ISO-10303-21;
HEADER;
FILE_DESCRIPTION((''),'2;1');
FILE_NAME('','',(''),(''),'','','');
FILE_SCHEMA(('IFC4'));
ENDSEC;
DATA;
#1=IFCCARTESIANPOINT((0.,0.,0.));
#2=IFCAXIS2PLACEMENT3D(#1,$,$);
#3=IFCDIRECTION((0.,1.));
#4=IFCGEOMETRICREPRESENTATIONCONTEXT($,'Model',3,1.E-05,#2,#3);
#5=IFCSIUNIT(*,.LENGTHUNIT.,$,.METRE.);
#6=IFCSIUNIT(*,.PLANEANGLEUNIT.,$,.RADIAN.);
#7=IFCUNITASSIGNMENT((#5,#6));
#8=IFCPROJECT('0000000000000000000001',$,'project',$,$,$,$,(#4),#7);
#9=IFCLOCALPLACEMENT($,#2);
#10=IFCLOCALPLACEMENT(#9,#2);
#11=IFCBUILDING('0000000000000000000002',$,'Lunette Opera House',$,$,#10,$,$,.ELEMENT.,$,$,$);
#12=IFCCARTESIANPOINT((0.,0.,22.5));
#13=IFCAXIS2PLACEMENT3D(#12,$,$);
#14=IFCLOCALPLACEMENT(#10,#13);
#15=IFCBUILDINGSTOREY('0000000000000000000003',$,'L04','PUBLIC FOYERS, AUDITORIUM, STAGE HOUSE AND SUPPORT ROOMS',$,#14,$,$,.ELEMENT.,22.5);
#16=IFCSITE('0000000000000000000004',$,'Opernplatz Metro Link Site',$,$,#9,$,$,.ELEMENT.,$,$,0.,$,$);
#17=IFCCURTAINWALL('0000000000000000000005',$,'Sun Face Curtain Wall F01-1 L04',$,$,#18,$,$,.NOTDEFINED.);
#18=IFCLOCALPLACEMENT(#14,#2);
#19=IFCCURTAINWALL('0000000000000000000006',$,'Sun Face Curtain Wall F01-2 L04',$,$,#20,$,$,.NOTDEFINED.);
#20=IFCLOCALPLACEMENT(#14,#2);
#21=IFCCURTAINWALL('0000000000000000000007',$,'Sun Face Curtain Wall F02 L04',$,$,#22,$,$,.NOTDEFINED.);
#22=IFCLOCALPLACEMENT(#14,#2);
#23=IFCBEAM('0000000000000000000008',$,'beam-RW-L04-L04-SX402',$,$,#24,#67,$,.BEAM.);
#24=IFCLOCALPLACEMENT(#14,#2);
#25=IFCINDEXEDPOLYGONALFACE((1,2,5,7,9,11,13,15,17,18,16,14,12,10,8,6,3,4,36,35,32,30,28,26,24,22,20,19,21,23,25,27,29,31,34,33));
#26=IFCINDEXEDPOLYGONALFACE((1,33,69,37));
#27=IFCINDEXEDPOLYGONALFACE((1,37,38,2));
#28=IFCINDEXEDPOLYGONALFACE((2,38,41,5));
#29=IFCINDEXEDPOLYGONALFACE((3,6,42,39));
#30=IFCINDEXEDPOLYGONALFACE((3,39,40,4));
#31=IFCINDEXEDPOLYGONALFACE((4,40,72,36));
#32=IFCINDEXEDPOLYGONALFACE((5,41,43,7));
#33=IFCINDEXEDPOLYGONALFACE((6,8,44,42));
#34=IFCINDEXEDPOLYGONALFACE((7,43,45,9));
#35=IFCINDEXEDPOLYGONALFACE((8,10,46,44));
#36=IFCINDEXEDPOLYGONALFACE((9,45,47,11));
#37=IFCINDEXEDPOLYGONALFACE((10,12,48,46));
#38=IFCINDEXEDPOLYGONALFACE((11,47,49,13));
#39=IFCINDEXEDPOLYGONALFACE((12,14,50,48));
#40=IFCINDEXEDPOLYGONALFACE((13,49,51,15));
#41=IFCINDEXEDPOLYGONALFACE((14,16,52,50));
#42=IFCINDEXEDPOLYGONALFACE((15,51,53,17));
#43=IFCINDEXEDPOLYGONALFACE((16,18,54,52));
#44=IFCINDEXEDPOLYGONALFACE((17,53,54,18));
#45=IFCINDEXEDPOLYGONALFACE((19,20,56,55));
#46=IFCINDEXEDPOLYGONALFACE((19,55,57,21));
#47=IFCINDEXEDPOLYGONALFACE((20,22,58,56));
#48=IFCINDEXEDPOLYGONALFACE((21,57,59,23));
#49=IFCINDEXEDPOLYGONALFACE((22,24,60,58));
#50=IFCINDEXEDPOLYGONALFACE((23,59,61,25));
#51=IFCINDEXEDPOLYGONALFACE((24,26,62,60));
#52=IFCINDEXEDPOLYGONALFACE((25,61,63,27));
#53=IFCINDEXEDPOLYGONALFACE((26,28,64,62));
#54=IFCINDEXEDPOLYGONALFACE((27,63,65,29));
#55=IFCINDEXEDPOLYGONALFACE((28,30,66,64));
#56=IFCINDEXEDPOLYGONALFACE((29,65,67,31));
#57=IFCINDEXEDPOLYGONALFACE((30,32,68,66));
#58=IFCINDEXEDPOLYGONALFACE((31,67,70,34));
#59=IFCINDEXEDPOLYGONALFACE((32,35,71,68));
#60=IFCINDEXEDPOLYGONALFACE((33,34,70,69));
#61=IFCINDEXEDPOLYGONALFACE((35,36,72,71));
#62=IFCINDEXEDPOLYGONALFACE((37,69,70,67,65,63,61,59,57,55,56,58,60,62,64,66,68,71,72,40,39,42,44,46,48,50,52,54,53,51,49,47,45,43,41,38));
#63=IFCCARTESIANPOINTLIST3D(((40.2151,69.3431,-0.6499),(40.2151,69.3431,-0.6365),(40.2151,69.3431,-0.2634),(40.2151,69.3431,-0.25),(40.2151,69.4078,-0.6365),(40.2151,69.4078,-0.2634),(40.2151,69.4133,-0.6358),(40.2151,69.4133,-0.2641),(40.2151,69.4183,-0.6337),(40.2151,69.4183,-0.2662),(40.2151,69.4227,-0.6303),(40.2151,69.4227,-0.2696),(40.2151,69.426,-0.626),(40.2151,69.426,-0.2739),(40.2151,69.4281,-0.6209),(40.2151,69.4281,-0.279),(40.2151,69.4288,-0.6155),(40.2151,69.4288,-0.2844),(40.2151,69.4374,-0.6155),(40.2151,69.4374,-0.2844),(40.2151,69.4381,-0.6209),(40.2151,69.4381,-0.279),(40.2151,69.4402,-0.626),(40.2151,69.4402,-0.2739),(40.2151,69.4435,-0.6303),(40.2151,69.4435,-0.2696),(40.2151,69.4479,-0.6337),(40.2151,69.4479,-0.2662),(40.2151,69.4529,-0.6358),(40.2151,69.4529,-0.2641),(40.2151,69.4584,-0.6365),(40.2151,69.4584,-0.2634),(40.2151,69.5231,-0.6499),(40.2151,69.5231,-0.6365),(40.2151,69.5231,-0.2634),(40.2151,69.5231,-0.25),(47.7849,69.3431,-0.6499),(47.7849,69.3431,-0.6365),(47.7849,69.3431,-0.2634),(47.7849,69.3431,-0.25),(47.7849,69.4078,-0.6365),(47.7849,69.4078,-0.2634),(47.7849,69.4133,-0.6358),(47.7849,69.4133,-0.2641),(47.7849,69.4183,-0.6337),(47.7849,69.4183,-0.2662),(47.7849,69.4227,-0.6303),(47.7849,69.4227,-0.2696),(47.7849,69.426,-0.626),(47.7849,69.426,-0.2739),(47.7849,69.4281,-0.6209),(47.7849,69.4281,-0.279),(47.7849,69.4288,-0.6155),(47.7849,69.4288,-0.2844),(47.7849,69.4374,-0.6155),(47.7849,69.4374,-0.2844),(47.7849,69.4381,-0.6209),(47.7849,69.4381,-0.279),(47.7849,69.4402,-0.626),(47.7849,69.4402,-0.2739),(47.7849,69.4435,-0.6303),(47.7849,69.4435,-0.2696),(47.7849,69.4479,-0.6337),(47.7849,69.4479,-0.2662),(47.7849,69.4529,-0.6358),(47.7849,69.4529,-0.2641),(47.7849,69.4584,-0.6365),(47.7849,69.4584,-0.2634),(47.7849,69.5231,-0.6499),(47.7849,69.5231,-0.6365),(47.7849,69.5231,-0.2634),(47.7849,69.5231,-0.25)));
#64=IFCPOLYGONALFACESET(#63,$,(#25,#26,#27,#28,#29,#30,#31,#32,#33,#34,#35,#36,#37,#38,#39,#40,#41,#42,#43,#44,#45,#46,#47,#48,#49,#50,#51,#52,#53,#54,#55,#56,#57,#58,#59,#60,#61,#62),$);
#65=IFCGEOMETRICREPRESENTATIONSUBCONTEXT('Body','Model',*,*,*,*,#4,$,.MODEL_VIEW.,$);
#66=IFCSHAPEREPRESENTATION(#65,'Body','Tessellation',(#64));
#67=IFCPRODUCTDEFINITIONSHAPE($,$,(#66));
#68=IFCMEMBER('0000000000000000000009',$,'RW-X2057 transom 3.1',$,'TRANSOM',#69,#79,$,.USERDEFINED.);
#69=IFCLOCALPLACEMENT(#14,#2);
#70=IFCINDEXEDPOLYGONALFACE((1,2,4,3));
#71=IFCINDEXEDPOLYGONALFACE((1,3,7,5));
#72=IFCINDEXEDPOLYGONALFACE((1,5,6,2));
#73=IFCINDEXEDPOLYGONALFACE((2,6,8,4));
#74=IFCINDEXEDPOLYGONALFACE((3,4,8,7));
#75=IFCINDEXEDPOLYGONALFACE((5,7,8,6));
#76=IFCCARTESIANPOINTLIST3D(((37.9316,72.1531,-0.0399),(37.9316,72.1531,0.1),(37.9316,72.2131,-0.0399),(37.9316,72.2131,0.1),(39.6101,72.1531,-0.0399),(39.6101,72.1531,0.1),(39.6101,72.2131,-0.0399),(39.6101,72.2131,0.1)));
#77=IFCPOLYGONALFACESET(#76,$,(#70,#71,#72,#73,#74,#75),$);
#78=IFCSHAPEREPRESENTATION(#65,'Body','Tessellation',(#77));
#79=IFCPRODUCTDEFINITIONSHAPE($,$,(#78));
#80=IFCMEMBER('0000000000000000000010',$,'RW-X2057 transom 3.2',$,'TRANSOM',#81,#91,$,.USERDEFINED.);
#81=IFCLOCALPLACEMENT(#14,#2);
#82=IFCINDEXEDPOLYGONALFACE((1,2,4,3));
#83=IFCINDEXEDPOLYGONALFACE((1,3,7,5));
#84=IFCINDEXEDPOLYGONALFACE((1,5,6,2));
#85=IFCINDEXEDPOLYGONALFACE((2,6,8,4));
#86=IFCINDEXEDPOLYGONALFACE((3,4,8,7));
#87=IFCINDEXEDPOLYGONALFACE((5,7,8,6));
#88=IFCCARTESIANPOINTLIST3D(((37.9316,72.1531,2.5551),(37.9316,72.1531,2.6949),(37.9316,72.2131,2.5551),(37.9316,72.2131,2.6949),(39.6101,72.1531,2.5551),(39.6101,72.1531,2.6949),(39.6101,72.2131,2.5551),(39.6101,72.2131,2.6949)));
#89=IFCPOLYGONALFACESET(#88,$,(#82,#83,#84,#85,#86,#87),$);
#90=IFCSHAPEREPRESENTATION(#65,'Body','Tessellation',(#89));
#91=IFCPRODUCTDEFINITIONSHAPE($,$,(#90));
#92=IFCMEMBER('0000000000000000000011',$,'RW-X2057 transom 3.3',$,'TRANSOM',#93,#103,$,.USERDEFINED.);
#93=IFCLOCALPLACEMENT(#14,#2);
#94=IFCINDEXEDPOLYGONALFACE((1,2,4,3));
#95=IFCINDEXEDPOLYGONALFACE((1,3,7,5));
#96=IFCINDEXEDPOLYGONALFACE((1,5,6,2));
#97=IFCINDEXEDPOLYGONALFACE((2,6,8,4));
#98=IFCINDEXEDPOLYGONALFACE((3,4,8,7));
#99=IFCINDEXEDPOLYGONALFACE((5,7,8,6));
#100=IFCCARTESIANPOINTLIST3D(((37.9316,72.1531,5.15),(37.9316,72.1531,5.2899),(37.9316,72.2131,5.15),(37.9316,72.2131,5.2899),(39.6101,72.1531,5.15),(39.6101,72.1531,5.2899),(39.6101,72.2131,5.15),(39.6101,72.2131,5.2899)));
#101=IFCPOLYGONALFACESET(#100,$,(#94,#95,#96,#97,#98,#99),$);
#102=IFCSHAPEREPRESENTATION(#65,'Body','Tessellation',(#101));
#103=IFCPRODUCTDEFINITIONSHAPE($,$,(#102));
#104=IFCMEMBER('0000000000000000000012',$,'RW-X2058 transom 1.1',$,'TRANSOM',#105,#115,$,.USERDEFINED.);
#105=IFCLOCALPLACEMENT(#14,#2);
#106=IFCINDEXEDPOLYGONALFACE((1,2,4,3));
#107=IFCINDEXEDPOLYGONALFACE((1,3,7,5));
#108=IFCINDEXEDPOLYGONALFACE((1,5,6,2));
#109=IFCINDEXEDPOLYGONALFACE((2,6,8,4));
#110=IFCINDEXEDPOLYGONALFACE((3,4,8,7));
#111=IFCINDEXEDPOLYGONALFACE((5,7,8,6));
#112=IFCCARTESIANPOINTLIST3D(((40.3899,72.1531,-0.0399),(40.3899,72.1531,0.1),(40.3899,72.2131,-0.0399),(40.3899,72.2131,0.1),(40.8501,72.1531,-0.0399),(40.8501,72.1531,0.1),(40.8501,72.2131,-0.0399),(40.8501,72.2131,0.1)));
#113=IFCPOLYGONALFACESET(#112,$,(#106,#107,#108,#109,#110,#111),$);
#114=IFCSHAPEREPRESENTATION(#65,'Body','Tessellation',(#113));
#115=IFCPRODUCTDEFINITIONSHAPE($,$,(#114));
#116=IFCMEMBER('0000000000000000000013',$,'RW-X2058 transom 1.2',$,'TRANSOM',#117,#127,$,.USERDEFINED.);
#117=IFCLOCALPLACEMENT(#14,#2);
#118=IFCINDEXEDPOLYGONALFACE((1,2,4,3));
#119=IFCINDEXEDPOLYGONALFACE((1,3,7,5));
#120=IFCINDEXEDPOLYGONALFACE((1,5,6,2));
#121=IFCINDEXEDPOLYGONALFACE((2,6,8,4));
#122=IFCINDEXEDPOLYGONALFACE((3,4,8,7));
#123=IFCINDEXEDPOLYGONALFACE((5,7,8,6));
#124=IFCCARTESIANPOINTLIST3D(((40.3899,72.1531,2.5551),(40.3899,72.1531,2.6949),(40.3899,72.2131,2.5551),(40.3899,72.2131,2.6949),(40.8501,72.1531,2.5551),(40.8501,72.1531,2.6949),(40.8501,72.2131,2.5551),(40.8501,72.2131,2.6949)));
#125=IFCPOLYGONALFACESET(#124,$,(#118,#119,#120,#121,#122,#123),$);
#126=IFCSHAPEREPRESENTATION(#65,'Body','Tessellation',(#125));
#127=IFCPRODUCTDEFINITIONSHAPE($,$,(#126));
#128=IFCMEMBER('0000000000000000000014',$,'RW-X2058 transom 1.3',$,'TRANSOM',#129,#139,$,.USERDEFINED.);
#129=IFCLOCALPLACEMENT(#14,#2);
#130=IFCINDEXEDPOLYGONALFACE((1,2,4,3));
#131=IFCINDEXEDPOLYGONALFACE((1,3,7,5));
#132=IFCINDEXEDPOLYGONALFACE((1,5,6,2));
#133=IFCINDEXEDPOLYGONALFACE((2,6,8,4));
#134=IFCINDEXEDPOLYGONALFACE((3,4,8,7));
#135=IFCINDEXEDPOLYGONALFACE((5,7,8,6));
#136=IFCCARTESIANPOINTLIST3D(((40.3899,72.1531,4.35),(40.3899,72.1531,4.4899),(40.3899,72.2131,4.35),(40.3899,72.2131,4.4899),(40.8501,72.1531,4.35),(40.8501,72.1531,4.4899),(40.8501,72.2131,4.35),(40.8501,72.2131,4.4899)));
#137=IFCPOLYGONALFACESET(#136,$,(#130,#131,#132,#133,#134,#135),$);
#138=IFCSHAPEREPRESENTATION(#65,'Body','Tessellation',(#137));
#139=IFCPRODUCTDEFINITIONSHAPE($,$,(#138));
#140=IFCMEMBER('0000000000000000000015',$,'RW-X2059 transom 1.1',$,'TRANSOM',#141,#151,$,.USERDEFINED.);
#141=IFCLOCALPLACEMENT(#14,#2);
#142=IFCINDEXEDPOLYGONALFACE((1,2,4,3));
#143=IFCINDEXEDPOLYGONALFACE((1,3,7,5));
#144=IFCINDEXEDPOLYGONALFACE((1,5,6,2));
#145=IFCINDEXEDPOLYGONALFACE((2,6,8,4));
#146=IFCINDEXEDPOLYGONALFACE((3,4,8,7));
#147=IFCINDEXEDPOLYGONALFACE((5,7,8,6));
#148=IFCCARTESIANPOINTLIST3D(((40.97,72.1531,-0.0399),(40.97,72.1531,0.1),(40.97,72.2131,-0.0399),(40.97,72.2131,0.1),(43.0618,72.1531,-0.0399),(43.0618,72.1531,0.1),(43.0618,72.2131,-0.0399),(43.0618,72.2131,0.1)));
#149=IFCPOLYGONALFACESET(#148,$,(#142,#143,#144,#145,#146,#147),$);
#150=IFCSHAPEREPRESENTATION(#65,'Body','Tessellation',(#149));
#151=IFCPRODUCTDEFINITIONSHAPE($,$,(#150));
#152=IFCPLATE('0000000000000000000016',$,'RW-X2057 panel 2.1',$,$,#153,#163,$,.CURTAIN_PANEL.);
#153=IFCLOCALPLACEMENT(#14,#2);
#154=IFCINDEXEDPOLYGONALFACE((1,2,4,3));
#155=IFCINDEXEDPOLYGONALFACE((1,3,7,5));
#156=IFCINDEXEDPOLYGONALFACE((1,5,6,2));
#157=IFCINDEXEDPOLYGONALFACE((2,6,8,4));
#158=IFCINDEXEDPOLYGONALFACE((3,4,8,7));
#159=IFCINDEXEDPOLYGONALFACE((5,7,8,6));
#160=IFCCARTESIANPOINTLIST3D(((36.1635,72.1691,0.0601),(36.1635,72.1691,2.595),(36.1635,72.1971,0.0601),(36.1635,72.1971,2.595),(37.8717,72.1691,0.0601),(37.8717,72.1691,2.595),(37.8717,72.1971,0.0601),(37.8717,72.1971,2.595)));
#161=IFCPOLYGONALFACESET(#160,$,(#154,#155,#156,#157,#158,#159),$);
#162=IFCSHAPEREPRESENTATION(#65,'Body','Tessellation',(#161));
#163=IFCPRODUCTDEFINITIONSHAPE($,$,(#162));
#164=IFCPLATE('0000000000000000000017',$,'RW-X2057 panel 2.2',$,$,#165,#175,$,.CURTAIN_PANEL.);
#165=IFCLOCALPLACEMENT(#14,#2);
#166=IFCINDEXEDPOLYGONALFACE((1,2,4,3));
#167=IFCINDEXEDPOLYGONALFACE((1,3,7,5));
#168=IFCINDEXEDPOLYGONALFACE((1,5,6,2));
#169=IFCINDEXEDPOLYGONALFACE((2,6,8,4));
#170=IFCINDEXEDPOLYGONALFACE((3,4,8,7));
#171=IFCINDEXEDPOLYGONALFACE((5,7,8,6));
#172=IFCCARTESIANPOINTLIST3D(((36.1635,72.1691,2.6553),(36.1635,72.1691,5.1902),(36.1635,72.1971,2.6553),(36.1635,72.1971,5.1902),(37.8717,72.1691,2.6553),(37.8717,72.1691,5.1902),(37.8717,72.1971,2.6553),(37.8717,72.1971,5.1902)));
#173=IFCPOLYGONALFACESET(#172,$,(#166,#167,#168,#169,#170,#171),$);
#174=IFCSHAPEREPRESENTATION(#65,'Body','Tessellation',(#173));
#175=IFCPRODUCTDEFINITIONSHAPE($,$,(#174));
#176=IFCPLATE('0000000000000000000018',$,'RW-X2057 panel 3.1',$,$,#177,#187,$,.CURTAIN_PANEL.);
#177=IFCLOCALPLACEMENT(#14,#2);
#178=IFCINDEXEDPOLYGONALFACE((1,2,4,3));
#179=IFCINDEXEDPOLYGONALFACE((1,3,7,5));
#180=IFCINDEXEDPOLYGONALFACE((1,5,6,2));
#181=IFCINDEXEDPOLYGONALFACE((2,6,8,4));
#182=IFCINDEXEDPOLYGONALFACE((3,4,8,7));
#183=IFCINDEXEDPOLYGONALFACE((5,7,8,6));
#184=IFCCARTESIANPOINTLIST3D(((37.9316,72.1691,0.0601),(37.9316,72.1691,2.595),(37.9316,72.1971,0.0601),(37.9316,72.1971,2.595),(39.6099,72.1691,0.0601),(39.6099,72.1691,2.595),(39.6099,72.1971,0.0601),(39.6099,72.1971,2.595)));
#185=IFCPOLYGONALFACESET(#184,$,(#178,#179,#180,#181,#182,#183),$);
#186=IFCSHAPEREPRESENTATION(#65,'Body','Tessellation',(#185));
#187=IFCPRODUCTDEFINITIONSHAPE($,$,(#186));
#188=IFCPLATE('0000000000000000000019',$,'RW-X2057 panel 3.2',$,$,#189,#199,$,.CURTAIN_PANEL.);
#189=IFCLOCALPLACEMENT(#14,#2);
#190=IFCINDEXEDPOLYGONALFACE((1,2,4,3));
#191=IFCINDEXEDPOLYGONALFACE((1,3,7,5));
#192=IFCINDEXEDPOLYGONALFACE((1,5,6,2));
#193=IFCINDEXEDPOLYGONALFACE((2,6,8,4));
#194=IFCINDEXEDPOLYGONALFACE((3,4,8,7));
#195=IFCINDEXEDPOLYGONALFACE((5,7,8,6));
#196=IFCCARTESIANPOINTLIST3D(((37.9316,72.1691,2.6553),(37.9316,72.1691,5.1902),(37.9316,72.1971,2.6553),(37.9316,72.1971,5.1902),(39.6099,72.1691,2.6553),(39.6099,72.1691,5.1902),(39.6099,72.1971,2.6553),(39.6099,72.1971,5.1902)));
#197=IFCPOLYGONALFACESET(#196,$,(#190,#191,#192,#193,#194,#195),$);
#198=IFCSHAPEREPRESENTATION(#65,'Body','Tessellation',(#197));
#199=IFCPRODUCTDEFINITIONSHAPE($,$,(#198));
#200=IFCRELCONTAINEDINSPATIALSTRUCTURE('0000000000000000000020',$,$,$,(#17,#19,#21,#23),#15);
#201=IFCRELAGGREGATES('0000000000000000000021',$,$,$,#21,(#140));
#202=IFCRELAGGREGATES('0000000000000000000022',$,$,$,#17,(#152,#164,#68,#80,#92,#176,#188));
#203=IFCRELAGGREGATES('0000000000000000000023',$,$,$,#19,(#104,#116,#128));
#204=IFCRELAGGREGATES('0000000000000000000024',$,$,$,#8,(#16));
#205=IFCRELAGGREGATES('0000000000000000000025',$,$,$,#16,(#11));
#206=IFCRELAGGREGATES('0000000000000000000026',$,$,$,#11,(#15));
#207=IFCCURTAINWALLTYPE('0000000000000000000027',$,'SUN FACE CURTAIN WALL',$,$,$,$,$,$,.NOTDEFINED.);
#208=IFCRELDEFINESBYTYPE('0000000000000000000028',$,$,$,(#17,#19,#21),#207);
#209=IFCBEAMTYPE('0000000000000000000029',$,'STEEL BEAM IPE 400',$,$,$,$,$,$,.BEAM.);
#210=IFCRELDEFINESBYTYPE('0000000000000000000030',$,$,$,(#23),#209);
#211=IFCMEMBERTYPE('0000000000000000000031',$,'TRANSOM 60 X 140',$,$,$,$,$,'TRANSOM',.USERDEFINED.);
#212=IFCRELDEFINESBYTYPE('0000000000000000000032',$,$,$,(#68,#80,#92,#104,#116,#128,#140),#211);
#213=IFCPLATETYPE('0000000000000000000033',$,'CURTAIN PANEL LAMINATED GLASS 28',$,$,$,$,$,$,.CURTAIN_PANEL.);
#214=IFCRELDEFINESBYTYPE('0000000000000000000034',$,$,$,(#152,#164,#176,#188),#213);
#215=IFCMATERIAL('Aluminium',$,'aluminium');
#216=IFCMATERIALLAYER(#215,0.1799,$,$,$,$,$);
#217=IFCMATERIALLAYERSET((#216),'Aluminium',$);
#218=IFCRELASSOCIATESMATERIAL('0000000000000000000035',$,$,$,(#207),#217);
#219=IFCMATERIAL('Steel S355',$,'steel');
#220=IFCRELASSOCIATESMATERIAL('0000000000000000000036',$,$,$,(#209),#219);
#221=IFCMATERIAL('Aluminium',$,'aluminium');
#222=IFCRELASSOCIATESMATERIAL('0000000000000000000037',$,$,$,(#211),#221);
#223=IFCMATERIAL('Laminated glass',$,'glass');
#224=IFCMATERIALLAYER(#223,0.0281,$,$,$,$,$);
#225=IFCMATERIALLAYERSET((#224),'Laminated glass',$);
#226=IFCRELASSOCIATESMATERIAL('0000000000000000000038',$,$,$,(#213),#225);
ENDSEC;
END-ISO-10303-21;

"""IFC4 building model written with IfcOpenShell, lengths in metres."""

from ifc_helpers import new_model, si_unit, direction, frame, origin, origin_2d, place, context, subcontext, project, spatial, rectangle, i_section, extrude, material, layer, layer_set, material_profile, profile_set, type_object, element, aggregate, save


model = new_model("IFC4")

# Units and contexts
model_context = context("Model", 3, precision=1e-05, world=origin(), true_north=direction((0.0, 1.0)))
body_context = subcontext(model_context, "Body", "Model", "MODEL_VIEW")
ifc_project = project(units=[si_unit("LENGTHUNIT", "METRE"), si_unit("PLANEANGLEUNIT", "RADIAN")], contexts=[model_context])

# Site, building, storey
site_placement = place(None, origin())
site = spatial("IfcSite", under=ifc_project, at=site_placement, Name="Opernplatz Metro Link Site", CompositionType="ELEMENT", RefElevation=0.0)
building_placement = place(site_placement, origin())
building = spatial("IfcBuilding", under=site, at=building_placement, Name="Lunette Opera House", CompositionType="ELEMENT")
storey_placement = place(building_placement, frame((0.0, 0.0, 22.5)))
storey = spatial("IfcBuildingStorey", under=building, at=storey_placement, Name="L04", Description="PUBLIC FOYERS, AUDITORIUM, STAGE HOUSE AND SUPPORT ROOMS", CompositionType="ELEMENT", Elevation=22.5)

# Curtain walls
ifc_material_1 = material(Name="Aluminium", Category="aluminium")
ifc_layer_1 = layer(ifc_material_1, 0.1799)
ifc_layer_set_1 = layer_set([ifc_layer_1], Name="Aluminium")
curtain_wall_type = type_object("IfcCurtainWallType", Name="SUN FACE CURTAIN WALL", PredefinedType="NOTDEFINED", material=ifc_layer_set_1)
curtain_wall_1_placement = place(storey_placement, origin())
curtain_wall_1 = element("IfcCurtainWall", 1, at=curtain_wall_1_placement, inside=storey, type_object=curtain_wall_type, Name="Sun Face Curtain Wall F01-1 L04", PredefinedType="NOTDEFINED")
curtain_wall_2_placement = place(storey_placement, origin())
curtain_wall_2 = element("IfcCurtainWall", 2, at=curtain_wall_2_placement, inside=storey, type_object=curtain_wall_type, Name="Sun Face Curtain Wall F01-2 L04", PredefinedType="NOTDEFINED")

# Curtain wall
curtain_wall_3_placement = place(storey_placement, origin())
curtain_wall_3 = element("IfcCurtainWall", 3, at=curtain_wall_3_placement, inside=storey, type_object=curtain_wall_type, Name="Sun Face Curtain Wall F02 L04", PredefinedType="NOTDEFINED")

# Beam
ifc_material_2 = material(Name="Steel S355", Category="steel")
ifc_material_profile_1 = material_profile(ifc_material_2, i_section(OverallWidth=0.1799, OverallDepth=0.3999, WebThickness=0.0085, FlangeThickness=0.0134, FilletRadius=0.021, at=origin_2d()), Name="IPE 400")
ifc_profile_set_1 = profile_set([ifc_material_profile_1], Name="Steel S355")
beam_type_1 = type_object("IfcBeamType", Name="STEEL BEAM IPE 400", PredefinedType="BEAM", material=ifc_profile_set_1)
for number, where, z_axis, x_axis, name in (
    (4, (40.2151, 69.4331, -0.45), (1.0, 0.0, 0.0), (0.0, 1.0, 0.0), "beam-RW-L04-L04-SX402"),
):
    element("IfcBeam", number, at=place(storey_placement, frame(where, z_axis=z_axis, x_axis=x_axis)), inside=storey, type_object=beam_type_1, Name=name, PredefinedType="BEAM", context=body_context, shape_type="SweptSolid", body=[
        extrude(i_section(OverallWidth=0.1799, OverallDepth=0.3999, WebThickness=0.0085, FlangeThickness=0.0134, FilletRadius=0.021, at=origin_2d()), origin(), (0.0, 0.0, 1.0), 7.5698),
    ])

# Members
ifc_material_3 = material(Name="Aluminium", Category="aluminium")
ifc_material_profile_2 = material_profile(ifc_material_3, rectangle(XDim=0.0601, YDim=0.1399, at=origin_2d()), Name="TRANSOM 60 X 140")
ifc_profile_set_2 = profile_set([ifc_material_profile_2], Name="Aluminium")
member_type_1 = type_object("IfcMemberType", Name="TRANSOM 60 X 140", ElementType="TRANSOM", PredefinedType="USERDEFINED", material=ifc_profile_set_2)
member_1_placement = place(storey_placement, frame((37.9316, 72.1831, 0.03), z_axis=(1.0, 0.0, 0.0), x_axis=(0.0, 1.0, 0.0)))
member_1 = element("IfcMember", 5, at=member_1_placement, type_object=member_type_1, Name="RW-X2057 transom 3.1", ObjectType="TRANSOM", PredefinedType="USERDEFINED", context=body_context, shape_type="SweptSolid", body=[
    extrude(rectangle(XDim=0.0601, YDim=0.1399, at=origin_2d()), origin(), (0.0, 0.0, 1.0), 1.6785),
])
member_2_placement = place(storey_placement, frame((37.9316, 72.1831, 2.625), z_axis=(1.0, 0.0, 0.0), x_axis=(0.0, 1.0, 0.0)))
member_2 = element("IfcMember", 6, at=member_2_placement, type_object=member_type_1, Name="RW-X2057 transom 3.2", ObjectType="TRANSOM", PredefinedType="USERDEFINED", context=body_context, shape_type="SweptSolid", body=[
    extrude(rectangle(XDim=0.0601, YDim=0.1399, at=origin_2d()), origin(), (0.0, 0.0, 1.0), 1.6785),
])
member_3_placement = place(storey_placement, frame((37.9316, 72.1831, 5.22), z_axis=(1.0, 0.0, 0.0), x_axis=(0.0, 1.0, 0.0)))
member_3 = element("IfcMember", 7, at=member_3_placement, type_object=member_type_1, Name="RW-X2057 transom 3.3", ObjectType="TRANSOM", PredefinedType="USERDEFINED", context=body_context, shape_type="SweptSolid", body=[
    extrude(rectangle(XDim=0.0601, YDim=0.1399, at=origin_2d()), origin(), (0.0, 0.0, 1.0), 1.6785),
])
member_4_placement = place(storey_placement, frame((40.3899, 72.1831, 0.03), z_axis=(1.0, 0.0, 0.0), x_axis=(0.0, 1.0, 0.0)))
member_4 = element("IfcMember", 8, at=member_4_placement, type_object=member_type_1, Name="RW-X2058 transom 1.1", ObjectType="TRANSOM", PredefinedType="USERDEFINED", context=body_context, shape_type="SweptSolid", body=[
    extrude(rectangle(XDim=0.0601, YDim=0.1399, at=origin_2d()), origin(), (0.0, 0.0, 1.0), 0.4602),
])
member_5_placement = place(storey_placement, frame((40.3899, 72.1831, 2.625), z_axis=(1.0, 0.0, 0.0), x_axis=(0.0, 1.0, 0.0)))
member_5 = element("IfcMember", 9, at=member_5_placement, type_object=member_type_1, Name="RW-X2058 transom 1.2", ObjectType="TRANSOM", PredefinedType="USERDEFINED", context=body_context, shape_type="SweptSolid", body=[
    extrude(rectangle(XDim=0.0601, YDim=0.1399, at=origin_2d()), origin(), (0.0, 0.0, 1.0), 0.4602),
])
member_6_placement = place(storey_placement, frame((40.3899, 72.1831, 4.4199), z_axis=(1.0, 0.0, 0.0), x_axis=(0.0, 1.0, 0.0)))
member_6 = element("IfcMember", 10, at=member_6_placement, type_object=member_type_1, Name="RW-X2058 transom 1.3", ObjectType="TRANSOM", PredefinedType="USERDEFINED", context=body_context, shape_type="SweptSolid", body=[
    extrude(rectangle(XDim=0.0601, YDim=0.1399, at=origin_2d()), origin(), (0.0, 0.0, 1.0), 0.4602),
])
member_7_placement = place(storey_placement, frame((40.97, 72.1831, 0.03), z_axis=(1.0, 0.0, 0.0), x_axis=(0.0, 1.0, 0.0)))
member_7 = element("IfcMember", 11, at=member_7_placement, type_object=member_type_1, Name="RW-X2059 transom 1.1", ObjectType="TRANSOM", PredefinedType="USERDEFINED", context=body_context, shape_type="SweptSolid", body=[
    extrude(rectangle(XDim=0.0601, YDim=0.1399, at=origin_2d()), origin(), (0.0, 0.0, 1.0), 2.0918),
])
aggregate(curtain_wall_3, [member_7])

# Plates
ifc_material_4 = material(Name="Laminated glass", Category="glass")
ifc_layer_2 = layer(ifc_material_4, 0.0281)
ifc_layer_set_2 = layer_set([ifc_layer_2], Name="Laminated glass")
plate_type = type_object("IfcPlateType", Name="CURTAIN PANEL LAMINATED GLASS 28", PredefinedType="CURTAIN_PANEL", material=ifc_layer_set_2)
plate_1_placement = place(storey_placement, frame((37.0176, 72.1831, 0.0601), z_axis=(0.0, 0.0, 1.0), x_axis=(1.0, 0.0, 0.0)))
plate_1 = element("IfcPlate", 12, at=plate_1_placement, type_object=plate_type, Name="RW-X2057 panel 2.1", PredefinedType="CURTAIN_PANEL", context=body_context, shape_type="SweptSolid", body=[
    extrude(rectangle(XDim=1.7083, YDim=0.0281, at=origin_2d()), origin(), (0.0, 0.0, 1.0), 2.5349),
])
plate_2_placement = place(storey_placement, frame((37.0176, 72.1831, 2.6553), z_axis=(0.0, 0.0, 1.0), x_axis=(1.0, 0.0, 0.0)))
plate_2 = element("IfcPlate", 13, at=plate_2_placement, type_object=plate_type, Name="RW-X2057 panel 2.2", PredefinedType="CURTAIN_PANEL", context=body_context, shape_type="SweptSolid", body=[
    extrude(rectangle(XDim=1.7083, YDim=0.0281, at=origin_2d()), origin(), (0.0, 0.0, 1.0), 2.5349),
])
plate_3_placement = place(storey_placement, frame((38.7708, 72.1831, 0.0601), z_axis=(0.0, 0.0, 1.0), x_axis=(1.0, 0.0, 0.0)))
plate_3 = element("IfcPlate", 14, at=plate_3_placement, type_object=plate_type, Name="RW-X2057 panel 3.1", PredefinedType="CURTAIN_PANEL", context=body_context, shape_type="SweptSolid", body=[
    extrude(rectangle(XDim=1.6782, YDim=0.0281, at=origin_2d()), origin(), (0.0, 0.0, 1.0), 2.5349),
])
plate_4_placement = place(storey_placement, frame((38.7708, 72.1831, 2.6553), z_axis=(0.0, 0.0, 1.0), x_axis=(1.0, 0.0, 0.0)))
plate_4 = element("IfcPlate", 15, at=plate_4_placement, type_object=plate_type, Name="RW-X2057 panel 3.2", PredefinedType="CURTAIN_PANEL", context=body_context, shape_type="SweptSolid", body=[
    extrude(rectangle(XDim=1.6782, YDim=0.0281, at=origin_2d()), origin(), (0.0, 0.0, 1.0), 2.5349),
])
aggregate(curtain_wall_1, [plate_1, plate_2, member_1, member_2, member_3, plate_3, plate_4])
aggregate(curtain_wall_2, [member_4, member_5, member_6])

save(model, "model.ifc")
